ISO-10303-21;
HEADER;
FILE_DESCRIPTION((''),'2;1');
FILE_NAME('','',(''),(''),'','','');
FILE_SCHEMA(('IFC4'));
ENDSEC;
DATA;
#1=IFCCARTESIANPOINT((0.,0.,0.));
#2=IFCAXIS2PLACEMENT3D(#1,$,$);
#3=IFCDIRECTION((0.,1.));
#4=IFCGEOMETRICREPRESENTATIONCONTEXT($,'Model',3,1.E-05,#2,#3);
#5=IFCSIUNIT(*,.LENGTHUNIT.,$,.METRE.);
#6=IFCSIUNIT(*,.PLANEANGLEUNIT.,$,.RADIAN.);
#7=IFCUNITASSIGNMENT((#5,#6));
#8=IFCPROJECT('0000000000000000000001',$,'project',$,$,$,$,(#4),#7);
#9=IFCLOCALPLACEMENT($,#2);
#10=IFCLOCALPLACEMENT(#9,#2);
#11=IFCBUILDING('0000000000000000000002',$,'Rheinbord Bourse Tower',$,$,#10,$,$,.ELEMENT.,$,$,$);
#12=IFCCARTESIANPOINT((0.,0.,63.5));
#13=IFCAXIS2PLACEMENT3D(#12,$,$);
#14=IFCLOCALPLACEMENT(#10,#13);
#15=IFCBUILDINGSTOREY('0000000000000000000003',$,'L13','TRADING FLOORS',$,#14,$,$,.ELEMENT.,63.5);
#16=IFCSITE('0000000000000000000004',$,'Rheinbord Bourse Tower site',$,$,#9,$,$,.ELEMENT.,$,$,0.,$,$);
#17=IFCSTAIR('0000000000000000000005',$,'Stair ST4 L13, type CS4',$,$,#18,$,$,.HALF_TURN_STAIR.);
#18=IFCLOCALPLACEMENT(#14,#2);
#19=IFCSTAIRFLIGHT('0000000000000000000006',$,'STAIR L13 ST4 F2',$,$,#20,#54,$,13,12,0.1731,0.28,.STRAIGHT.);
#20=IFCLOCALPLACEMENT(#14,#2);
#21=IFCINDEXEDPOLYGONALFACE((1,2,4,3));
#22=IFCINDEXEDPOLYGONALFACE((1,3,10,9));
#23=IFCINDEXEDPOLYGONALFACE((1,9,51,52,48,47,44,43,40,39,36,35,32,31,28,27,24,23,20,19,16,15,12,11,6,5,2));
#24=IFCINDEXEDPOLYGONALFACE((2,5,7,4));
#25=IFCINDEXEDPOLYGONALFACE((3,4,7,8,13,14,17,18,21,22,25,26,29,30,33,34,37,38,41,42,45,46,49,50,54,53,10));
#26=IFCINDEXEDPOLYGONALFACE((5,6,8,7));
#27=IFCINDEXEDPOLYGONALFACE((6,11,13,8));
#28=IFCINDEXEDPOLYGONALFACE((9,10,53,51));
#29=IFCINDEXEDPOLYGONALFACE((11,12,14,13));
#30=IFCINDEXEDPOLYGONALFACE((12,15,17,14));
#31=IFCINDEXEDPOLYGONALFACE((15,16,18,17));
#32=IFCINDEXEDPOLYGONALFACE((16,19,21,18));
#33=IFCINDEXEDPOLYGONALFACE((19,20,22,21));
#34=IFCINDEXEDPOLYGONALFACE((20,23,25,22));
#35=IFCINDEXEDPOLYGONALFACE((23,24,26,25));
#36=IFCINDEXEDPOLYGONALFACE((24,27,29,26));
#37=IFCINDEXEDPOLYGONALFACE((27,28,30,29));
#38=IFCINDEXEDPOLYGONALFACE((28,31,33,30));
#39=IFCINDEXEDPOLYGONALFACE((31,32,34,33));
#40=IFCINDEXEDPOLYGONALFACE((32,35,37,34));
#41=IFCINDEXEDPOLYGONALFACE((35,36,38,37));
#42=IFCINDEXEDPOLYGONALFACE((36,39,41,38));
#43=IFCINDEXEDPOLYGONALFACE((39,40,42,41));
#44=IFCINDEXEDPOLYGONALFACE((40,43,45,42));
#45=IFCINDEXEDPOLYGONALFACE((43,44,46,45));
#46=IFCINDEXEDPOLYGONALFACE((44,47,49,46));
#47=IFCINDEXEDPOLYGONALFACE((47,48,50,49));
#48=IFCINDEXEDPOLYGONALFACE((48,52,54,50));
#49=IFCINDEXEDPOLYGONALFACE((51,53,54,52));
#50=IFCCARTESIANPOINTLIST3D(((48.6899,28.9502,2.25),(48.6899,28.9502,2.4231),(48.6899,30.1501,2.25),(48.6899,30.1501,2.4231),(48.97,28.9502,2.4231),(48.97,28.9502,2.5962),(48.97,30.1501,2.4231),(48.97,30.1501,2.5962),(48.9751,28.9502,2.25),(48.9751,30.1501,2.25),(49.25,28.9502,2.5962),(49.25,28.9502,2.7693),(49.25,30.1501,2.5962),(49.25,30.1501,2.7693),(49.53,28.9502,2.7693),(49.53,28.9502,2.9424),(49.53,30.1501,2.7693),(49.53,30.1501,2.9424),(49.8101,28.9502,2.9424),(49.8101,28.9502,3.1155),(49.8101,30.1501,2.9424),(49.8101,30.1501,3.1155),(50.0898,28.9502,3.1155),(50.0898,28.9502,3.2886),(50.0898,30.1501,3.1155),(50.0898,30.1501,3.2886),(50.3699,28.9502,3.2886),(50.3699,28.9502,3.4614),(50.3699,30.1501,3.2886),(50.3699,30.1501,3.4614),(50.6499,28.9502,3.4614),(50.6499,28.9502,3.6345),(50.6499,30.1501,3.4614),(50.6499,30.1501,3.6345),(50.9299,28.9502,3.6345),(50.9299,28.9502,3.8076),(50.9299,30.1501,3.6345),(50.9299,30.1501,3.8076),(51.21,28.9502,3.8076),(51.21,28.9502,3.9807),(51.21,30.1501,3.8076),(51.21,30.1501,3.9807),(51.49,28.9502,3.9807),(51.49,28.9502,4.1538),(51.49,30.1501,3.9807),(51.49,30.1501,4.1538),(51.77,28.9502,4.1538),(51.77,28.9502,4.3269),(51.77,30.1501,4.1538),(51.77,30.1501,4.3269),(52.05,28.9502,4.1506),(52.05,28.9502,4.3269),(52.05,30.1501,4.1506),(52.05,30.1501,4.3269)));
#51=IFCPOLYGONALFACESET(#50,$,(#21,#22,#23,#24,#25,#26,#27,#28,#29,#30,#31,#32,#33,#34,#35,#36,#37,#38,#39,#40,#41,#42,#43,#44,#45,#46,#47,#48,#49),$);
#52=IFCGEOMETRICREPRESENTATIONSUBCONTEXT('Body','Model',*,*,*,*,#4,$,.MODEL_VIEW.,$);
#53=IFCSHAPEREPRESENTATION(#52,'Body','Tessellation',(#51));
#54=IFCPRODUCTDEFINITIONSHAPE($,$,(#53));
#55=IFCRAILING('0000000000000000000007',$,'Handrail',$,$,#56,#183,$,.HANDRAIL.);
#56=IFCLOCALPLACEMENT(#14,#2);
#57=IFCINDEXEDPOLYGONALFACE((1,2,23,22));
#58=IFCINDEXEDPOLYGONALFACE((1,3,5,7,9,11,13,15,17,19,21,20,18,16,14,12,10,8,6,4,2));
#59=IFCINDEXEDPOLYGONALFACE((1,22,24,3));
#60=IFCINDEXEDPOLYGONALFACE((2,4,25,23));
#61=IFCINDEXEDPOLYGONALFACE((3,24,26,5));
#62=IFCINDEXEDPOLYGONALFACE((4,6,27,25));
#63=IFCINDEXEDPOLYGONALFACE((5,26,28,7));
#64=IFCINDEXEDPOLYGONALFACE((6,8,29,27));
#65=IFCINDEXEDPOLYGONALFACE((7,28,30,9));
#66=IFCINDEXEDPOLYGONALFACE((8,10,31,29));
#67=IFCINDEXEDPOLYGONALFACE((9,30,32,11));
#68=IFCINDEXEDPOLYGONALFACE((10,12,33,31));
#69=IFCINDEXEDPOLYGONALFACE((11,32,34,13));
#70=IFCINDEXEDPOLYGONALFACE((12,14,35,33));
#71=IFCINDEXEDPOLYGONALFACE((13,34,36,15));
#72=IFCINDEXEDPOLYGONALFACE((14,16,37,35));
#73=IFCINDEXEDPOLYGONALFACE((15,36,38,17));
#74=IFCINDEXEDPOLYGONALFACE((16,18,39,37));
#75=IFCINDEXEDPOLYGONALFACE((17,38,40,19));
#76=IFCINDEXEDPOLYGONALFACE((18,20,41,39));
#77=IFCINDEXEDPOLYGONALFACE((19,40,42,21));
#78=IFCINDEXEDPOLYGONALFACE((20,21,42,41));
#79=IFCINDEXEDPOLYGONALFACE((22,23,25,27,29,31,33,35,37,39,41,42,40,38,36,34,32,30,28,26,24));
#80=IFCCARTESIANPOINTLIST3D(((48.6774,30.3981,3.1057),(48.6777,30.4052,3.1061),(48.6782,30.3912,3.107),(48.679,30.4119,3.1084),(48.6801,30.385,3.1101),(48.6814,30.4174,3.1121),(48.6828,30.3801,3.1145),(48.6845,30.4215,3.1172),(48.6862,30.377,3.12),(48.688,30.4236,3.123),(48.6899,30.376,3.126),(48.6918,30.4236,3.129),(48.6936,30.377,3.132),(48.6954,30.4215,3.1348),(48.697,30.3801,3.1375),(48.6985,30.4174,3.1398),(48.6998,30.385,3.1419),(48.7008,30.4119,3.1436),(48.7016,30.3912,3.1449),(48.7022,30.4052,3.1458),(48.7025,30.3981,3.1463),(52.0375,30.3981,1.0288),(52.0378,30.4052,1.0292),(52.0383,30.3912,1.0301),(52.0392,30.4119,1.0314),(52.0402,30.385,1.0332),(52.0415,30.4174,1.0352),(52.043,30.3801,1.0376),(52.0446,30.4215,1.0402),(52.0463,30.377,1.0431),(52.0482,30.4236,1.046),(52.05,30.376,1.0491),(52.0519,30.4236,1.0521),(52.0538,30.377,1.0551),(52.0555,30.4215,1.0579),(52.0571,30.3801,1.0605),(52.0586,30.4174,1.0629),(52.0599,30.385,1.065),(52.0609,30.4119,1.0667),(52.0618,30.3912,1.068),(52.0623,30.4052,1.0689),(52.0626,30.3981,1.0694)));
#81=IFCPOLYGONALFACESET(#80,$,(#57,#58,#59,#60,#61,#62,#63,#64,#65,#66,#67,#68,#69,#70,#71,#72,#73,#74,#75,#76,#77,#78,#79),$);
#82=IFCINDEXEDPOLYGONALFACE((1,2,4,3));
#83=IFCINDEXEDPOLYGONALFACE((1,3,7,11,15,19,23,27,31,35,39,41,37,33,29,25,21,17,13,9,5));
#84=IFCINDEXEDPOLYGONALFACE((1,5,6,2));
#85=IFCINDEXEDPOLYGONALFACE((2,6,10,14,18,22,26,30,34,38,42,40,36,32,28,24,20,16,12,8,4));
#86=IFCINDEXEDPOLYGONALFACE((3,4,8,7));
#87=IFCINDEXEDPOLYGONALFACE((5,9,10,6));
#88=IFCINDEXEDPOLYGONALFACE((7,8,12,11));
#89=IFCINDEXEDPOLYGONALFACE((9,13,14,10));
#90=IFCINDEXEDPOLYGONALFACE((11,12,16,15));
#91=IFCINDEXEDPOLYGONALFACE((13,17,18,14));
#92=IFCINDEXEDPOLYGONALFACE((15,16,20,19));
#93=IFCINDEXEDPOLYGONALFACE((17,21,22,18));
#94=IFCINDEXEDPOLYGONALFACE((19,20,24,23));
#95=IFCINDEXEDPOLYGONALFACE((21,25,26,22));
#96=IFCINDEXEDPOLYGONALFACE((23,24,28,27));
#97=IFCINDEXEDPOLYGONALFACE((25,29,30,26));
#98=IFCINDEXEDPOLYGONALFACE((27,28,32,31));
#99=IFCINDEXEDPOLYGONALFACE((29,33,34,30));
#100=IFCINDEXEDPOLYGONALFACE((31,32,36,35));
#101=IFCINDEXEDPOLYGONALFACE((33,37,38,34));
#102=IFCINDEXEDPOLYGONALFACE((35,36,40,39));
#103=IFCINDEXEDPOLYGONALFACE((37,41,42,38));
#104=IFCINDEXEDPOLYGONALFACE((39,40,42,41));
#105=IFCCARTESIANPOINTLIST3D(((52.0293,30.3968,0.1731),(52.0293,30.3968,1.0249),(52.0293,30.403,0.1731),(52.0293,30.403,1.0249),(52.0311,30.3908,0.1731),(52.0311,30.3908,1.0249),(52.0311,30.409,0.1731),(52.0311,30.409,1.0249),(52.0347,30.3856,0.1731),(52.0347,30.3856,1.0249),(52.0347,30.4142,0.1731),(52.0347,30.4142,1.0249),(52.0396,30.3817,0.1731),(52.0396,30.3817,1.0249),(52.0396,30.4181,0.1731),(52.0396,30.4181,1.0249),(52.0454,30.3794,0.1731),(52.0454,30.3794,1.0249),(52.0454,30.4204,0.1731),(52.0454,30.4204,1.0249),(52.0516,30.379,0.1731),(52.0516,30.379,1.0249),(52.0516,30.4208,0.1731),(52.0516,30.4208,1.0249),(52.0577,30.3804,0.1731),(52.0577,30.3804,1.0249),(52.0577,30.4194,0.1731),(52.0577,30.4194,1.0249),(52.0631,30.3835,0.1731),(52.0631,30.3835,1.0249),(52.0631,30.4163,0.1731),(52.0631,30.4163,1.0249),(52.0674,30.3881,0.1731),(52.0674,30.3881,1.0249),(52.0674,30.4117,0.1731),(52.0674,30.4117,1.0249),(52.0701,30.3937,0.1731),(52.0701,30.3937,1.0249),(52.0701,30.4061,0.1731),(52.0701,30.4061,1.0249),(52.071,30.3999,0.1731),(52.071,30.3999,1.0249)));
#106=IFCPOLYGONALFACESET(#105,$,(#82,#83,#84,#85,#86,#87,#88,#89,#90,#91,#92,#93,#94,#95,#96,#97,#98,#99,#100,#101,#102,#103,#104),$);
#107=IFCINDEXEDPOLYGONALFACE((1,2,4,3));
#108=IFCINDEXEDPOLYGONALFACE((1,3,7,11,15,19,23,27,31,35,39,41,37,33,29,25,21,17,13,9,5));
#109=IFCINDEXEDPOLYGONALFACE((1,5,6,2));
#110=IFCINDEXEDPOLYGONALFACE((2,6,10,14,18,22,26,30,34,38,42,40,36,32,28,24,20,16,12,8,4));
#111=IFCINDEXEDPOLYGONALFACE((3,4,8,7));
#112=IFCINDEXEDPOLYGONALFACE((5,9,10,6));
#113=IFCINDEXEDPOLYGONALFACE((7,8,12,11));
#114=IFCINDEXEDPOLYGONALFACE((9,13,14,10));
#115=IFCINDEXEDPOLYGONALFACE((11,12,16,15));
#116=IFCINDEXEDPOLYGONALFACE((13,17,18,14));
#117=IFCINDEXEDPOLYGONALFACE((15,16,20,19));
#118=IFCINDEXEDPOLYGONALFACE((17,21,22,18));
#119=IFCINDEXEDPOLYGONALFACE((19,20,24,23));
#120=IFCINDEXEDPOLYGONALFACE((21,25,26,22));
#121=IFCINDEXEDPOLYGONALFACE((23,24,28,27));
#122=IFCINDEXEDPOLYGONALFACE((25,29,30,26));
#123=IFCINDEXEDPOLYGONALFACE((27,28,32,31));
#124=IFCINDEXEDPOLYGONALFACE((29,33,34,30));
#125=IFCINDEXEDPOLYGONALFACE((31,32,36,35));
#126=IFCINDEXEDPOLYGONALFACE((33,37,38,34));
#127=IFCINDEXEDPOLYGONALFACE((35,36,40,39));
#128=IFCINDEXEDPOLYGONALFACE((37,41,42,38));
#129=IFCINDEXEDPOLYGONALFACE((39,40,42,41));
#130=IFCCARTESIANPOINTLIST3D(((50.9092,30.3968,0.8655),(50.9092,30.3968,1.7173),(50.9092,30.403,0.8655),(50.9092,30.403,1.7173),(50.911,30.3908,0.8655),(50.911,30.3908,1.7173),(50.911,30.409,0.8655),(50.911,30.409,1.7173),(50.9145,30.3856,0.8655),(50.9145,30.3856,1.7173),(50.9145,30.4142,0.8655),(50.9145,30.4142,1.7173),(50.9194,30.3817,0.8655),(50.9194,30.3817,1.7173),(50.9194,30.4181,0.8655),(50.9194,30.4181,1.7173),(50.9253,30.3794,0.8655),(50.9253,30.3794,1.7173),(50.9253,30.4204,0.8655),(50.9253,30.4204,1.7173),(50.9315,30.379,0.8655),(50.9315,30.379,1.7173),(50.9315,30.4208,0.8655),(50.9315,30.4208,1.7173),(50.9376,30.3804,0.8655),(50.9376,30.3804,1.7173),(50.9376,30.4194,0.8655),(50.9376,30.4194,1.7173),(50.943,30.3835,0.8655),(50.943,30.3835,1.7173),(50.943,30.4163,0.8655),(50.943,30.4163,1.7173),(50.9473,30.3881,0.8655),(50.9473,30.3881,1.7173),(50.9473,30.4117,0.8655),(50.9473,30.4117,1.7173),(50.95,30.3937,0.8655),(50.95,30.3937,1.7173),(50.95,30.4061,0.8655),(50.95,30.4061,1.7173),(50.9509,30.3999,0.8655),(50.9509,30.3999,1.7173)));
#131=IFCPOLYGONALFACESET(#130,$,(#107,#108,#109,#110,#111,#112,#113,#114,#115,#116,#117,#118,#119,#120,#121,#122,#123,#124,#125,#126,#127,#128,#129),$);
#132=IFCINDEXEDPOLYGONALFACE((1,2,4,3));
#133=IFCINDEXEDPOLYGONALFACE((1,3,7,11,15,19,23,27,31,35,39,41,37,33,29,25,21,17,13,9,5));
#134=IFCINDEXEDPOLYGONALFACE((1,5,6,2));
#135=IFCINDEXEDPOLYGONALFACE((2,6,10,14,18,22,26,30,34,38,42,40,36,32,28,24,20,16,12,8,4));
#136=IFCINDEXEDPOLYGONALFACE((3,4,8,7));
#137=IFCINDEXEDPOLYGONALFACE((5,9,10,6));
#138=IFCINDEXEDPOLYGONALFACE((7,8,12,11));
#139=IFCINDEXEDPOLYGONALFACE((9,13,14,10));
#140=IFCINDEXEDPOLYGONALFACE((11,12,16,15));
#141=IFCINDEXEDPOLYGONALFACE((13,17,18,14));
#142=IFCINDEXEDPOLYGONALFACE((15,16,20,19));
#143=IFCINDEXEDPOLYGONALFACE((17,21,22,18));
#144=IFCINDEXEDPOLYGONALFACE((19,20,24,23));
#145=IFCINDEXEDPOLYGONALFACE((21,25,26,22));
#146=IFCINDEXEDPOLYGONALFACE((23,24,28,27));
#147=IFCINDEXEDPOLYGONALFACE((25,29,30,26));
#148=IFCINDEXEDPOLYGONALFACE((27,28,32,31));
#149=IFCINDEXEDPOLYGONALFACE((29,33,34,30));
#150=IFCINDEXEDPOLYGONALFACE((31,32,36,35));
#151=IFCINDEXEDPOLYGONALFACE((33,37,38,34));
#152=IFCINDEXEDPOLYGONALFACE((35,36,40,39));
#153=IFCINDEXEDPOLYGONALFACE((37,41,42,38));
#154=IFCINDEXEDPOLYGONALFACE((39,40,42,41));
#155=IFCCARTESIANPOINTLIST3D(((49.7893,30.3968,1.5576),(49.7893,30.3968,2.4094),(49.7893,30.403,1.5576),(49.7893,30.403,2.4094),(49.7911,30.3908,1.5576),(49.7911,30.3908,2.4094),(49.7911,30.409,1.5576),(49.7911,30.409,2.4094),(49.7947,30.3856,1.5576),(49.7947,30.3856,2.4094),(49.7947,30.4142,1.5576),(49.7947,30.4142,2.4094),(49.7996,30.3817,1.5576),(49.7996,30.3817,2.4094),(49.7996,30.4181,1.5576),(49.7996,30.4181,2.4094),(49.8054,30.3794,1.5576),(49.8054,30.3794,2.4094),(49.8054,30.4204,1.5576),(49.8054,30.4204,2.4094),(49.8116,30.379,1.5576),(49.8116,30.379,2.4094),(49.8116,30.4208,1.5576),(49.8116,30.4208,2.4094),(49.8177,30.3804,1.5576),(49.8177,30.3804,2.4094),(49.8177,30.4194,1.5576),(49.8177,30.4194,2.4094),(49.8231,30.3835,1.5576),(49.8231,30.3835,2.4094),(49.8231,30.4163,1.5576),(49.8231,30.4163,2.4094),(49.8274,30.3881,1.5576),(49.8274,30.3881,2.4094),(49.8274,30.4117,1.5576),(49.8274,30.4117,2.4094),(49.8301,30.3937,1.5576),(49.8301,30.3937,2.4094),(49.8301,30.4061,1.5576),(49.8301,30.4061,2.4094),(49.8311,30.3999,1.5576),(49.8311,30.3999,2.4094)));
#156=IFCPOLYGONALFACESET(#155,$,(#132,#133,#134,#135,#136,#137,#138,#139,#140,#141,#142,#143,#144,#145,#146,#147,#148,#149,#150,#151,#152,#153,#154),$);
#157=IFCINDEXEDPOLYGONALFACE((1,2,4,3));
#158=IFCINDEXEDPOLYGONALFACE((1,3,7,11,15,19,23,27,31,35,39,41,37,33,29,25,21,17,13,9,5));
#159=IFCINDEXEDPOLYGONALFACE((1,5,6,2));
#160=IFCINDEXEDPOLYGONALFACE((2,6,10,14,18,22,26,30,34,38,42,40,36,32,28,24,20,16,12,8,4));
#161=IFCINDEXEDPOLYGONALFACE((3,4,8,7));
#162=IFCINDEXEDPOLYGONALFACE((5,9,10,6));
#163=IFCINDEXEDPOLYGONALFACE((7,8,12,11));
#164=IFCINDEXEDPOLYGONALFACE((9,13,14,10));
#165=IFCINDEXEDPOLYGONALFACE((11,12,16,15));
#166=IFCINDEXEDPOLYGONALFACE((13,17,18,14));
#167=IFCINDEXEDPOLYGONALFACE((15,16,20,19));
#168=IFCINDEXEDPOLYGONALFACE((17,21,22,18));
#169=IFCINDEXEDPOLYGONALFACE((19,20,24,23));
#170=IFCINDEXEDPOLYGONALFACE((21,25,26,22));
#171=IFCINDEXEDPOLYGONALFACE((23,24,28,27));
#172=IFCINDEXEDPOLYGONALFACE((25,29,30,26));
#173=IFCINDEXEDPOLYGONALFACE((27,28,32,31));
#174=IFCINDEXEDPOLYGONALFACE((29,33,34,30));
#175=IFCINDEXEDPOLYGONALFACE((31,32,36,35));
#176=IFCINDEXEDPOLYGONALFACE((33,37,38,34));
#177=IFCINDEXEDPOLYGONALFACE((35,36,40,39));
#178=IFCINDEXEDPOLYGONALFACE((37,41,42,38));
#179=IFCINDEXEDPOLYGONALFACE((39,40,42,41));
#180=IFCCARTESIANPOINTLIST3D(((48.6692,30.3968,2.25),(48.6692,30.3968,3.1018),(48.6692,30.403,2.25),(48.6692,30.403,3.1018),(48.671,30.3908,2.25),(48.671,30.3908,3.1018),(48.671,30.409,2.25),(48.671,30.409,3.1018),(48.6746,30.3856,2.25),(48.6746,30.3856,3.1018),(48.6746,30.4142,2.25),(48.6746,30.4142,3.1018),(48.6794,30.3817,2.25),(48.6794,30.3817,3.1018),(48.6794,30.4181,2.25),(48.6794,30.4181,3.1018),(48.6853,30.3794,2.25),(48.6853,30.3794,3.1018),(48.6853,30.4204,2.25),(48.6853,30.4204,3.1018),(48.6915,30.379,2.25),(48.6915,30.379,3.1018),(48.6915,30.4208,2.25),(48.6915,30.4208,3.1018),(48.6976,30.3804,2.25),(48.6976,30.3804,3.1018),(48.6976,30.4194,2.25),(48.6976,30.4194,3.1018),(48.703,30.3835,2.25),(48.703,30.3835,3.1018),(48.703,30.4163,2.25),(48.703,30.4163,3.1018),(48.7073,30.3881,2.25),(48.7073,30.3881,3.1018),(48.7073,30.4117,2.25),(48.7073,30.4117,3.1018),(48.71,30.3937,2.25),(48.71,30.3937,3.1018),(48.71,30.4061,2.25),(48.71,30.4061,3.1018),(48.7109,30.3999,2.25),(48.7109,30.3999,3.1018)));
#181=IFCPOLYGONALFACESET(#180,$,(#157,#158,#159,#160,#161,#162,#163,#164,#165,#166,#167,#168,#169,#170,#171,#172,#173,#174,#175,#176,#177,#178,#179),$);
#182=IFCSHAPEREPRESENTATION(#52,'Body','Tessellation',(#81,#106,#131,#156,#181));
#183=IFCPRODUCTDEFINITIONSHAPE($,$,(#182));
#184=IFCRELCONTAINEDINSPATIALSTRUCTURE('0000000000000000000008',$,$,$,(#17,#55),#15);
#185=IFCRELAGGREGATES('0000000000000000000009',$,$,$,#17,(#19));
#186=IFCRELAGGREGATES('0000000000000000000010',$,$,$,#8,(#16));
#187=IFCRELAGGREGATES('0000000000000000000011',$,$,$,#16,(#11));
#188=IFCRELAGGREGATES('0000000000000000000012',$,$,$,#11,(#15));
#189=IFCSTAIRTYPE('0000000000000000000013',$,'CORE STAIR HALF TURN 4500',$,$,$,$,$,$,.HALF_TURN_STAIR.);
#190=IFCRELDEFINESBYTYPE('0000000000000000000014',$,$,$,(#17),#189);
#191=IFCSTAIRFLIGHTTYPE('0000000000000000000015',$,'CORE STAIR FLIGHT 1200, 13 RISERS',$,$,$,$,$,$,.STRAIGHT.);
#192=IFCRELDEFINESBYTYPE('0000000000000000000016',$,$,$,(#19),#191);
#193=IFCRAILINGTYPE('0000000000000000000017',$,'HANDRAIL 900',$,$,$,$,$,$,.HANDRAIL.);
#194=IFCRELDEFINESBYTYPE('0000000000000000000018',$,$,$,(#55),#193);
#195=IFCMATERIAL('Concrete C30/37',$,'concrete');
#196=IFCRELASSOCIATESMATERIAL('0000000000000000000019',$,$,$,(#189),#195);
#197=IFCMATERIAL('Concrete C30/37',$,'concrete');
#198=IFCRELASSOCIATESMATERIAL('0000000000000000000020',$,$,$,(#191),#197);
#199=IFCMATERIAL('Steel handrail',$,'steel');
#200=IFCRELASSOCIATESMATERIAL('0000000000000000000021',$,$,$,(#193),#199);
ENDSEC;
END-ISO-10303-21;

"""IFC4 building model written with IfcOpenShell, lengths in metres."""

from ifc_helpers import new_model, si_unit, direction, frame, origin, origin_2d, place, context, subcontext, project, spatial, polyline, circle, outline, extrude, material, type_object, element, aggregate, save


model = new_model("IFC4")

# Units and contexts
model_context = context("Model", 3, precision=1e-05, world=origin(), true_north=direction((0.0, 1.0)))
body_context = subcontext(model_context, "Body", "Model", "MODEL_VIEW")
ifc_project = project(units=[si_unit("LENGTHUNIT", "METRE"), si_unit("PLANEANGLEUNIT", "RADIAN")], contexts=[model_context])

# Site, building, storey
site_placement = place(None, origin())
site = spatial("IfcSite", under=ifc_project, at=site_placement, Name="Rheinbord Bourse Tower site", CompositionType="ELEMENT", RefElevation=0.0)
building_placement = place(site_placement, origin())
building = spatial("IfcBuilding", under=site, at=building_placement, Name="Rheinbord Bourse Tower", CompositionType="ELEMENT")
storey_placement = place(building_placement, frame((0.0, 0.0, 63.5)))
storey = spatial("IfcBuildingStorey", under=building, at=storey_placement, Name="L13", Description="TRADING FLOORS", CompositionType="ELEMENT", Elevation=63.5)

# Stair, stair flight
ifc_material_1 = material(Name="Concrete C30/37", Category="concrete")
stair_type = type_object("IfcStairType", Name="CORE STAIR HALF TURN 4500", PredefinedType="HALF_TURN_STAIR", material=ifc_material_1)
stair_placement = place(storey_placement, origin())
stair = element("IfcStair", 1, at=stair_placement, inside=storey, type_object=stair_type, Name="Stair ST4 L13, type CS4", PredefinedType="HALF_TURN_STAIR")
ifc_material_2 = material(Name="Concrete C30/37", Category="concrete")
stair_flight_type = type_object("IfcStairFlightType", Name="CORE STAIR FLIGHT 1200, 13 RISERS", PredefinedType="STRAIGHT", material=ifc_material_2)
stair_flight_1_placement = place(storey_placement, frame((48.6899, 29.55, 2.25), z_axis=(0.0, 0.0, 1.0), x_axis=(1.0, 0.0, 0.0)))
stair_flight_1 = element("IfcStairFlight", 2, at=stair_flight_1_placement, type_object=stair_flight_type, Name="STAIR L13 ST4 F2", NumberOfRisers=13, NumberOfTreads=12, PredefinedType="STRAIGHT", RiserHeight=0.1731, TreadLength=0.28, context=body_context, shape_type="SweptSolid", body=[
    extrude(outline(polyline([(0.0, 0.0), (0.0, 0.1731), (0.28, 0.1731), (0.28, 0.3462), (0.5601, 0.3462), (0.5601, 0.5193), (0.8401, 0.5193), (0.8401, 0.6924), (1.1201, 0.6924), (1.1201, 0.8655), (1.3999, 0.8655), (1.3999, 1.0386), (1.6799, 1.0386), (1.6799, 1.2114), (1.96, 1.2114), (1.96, 1.3845), (2.24, 1.3845), (2.24, 1.5576), (2.52, 1.5576), (2.52, 1.7307), (2.8, 1.7307), (2.8, 1.9038), (3.0801, 1.9038), (3.0801, 2.0769), (3.3601, 2.0769), (3.3601, 2.25), (3.3601, 1.9006), (0.2852, 0.0), (0.0, 0.0)])), frame((0.0, 0.6001, 0.0), z_axis=(0.0, -1.0, 0.0), x_axis=(1.0, 0.0, 0.0)), (0.0, 0.0, 1.0), 1.2),
])
aggregate(stair, [stair_flight_1])

# Railing
ifc_material_3 = material(Name="Steel handrail", Category="steel")
railing_type = type_object("IfcRailingType", Name="HANDRAIL 900", PredefinedType="HANDRAIL", material=ifc_material_3)
railing_1_placement = place(storey_placement, frame((52.05, 30.3999, 0.1731)))
element("IfcRailing", 3, at=railing_1_placement, inside=storey, type_object=railing_type, Name="Handrail", PredefinedType="HANDRAIL", context=body_context, shape_type="SweptSolid", body=[
    extrude(circle(Radius=0.0239, at=origin_2d()), frame((0.0, 0.0, 0.876), z_axis=(-0.850623, 0.0, 0.525776), x_axis=(0.0, -1.0, 0.0)), (0.0, 0.0, 1.0), 3.9502),
    extrude(circle(Radius=0.021, at=origin_2d()), origin(), (0.0, 0.0, 1.0), 0.8518),
    extrude(circle(Radius=0.021, at=origin_2d()), frame((-1.1201, 0.0, 0.6924)), (0.0, 0.0, 1.0), 0.8518),
    extrude(circle(Radius=0.021, at=origin_2d()), frame((-2.24, 0.0, 1.3845)), (0.0, 0.0, 1.0), 0.8518),
    extrude(circle(Radius=0.021, at=origin_2d()), frame((-3.3601, 0.0, 2.0769)), (0.0, 0.0, 1.0), 0.8518),
])

save(model, "model.ifc")
